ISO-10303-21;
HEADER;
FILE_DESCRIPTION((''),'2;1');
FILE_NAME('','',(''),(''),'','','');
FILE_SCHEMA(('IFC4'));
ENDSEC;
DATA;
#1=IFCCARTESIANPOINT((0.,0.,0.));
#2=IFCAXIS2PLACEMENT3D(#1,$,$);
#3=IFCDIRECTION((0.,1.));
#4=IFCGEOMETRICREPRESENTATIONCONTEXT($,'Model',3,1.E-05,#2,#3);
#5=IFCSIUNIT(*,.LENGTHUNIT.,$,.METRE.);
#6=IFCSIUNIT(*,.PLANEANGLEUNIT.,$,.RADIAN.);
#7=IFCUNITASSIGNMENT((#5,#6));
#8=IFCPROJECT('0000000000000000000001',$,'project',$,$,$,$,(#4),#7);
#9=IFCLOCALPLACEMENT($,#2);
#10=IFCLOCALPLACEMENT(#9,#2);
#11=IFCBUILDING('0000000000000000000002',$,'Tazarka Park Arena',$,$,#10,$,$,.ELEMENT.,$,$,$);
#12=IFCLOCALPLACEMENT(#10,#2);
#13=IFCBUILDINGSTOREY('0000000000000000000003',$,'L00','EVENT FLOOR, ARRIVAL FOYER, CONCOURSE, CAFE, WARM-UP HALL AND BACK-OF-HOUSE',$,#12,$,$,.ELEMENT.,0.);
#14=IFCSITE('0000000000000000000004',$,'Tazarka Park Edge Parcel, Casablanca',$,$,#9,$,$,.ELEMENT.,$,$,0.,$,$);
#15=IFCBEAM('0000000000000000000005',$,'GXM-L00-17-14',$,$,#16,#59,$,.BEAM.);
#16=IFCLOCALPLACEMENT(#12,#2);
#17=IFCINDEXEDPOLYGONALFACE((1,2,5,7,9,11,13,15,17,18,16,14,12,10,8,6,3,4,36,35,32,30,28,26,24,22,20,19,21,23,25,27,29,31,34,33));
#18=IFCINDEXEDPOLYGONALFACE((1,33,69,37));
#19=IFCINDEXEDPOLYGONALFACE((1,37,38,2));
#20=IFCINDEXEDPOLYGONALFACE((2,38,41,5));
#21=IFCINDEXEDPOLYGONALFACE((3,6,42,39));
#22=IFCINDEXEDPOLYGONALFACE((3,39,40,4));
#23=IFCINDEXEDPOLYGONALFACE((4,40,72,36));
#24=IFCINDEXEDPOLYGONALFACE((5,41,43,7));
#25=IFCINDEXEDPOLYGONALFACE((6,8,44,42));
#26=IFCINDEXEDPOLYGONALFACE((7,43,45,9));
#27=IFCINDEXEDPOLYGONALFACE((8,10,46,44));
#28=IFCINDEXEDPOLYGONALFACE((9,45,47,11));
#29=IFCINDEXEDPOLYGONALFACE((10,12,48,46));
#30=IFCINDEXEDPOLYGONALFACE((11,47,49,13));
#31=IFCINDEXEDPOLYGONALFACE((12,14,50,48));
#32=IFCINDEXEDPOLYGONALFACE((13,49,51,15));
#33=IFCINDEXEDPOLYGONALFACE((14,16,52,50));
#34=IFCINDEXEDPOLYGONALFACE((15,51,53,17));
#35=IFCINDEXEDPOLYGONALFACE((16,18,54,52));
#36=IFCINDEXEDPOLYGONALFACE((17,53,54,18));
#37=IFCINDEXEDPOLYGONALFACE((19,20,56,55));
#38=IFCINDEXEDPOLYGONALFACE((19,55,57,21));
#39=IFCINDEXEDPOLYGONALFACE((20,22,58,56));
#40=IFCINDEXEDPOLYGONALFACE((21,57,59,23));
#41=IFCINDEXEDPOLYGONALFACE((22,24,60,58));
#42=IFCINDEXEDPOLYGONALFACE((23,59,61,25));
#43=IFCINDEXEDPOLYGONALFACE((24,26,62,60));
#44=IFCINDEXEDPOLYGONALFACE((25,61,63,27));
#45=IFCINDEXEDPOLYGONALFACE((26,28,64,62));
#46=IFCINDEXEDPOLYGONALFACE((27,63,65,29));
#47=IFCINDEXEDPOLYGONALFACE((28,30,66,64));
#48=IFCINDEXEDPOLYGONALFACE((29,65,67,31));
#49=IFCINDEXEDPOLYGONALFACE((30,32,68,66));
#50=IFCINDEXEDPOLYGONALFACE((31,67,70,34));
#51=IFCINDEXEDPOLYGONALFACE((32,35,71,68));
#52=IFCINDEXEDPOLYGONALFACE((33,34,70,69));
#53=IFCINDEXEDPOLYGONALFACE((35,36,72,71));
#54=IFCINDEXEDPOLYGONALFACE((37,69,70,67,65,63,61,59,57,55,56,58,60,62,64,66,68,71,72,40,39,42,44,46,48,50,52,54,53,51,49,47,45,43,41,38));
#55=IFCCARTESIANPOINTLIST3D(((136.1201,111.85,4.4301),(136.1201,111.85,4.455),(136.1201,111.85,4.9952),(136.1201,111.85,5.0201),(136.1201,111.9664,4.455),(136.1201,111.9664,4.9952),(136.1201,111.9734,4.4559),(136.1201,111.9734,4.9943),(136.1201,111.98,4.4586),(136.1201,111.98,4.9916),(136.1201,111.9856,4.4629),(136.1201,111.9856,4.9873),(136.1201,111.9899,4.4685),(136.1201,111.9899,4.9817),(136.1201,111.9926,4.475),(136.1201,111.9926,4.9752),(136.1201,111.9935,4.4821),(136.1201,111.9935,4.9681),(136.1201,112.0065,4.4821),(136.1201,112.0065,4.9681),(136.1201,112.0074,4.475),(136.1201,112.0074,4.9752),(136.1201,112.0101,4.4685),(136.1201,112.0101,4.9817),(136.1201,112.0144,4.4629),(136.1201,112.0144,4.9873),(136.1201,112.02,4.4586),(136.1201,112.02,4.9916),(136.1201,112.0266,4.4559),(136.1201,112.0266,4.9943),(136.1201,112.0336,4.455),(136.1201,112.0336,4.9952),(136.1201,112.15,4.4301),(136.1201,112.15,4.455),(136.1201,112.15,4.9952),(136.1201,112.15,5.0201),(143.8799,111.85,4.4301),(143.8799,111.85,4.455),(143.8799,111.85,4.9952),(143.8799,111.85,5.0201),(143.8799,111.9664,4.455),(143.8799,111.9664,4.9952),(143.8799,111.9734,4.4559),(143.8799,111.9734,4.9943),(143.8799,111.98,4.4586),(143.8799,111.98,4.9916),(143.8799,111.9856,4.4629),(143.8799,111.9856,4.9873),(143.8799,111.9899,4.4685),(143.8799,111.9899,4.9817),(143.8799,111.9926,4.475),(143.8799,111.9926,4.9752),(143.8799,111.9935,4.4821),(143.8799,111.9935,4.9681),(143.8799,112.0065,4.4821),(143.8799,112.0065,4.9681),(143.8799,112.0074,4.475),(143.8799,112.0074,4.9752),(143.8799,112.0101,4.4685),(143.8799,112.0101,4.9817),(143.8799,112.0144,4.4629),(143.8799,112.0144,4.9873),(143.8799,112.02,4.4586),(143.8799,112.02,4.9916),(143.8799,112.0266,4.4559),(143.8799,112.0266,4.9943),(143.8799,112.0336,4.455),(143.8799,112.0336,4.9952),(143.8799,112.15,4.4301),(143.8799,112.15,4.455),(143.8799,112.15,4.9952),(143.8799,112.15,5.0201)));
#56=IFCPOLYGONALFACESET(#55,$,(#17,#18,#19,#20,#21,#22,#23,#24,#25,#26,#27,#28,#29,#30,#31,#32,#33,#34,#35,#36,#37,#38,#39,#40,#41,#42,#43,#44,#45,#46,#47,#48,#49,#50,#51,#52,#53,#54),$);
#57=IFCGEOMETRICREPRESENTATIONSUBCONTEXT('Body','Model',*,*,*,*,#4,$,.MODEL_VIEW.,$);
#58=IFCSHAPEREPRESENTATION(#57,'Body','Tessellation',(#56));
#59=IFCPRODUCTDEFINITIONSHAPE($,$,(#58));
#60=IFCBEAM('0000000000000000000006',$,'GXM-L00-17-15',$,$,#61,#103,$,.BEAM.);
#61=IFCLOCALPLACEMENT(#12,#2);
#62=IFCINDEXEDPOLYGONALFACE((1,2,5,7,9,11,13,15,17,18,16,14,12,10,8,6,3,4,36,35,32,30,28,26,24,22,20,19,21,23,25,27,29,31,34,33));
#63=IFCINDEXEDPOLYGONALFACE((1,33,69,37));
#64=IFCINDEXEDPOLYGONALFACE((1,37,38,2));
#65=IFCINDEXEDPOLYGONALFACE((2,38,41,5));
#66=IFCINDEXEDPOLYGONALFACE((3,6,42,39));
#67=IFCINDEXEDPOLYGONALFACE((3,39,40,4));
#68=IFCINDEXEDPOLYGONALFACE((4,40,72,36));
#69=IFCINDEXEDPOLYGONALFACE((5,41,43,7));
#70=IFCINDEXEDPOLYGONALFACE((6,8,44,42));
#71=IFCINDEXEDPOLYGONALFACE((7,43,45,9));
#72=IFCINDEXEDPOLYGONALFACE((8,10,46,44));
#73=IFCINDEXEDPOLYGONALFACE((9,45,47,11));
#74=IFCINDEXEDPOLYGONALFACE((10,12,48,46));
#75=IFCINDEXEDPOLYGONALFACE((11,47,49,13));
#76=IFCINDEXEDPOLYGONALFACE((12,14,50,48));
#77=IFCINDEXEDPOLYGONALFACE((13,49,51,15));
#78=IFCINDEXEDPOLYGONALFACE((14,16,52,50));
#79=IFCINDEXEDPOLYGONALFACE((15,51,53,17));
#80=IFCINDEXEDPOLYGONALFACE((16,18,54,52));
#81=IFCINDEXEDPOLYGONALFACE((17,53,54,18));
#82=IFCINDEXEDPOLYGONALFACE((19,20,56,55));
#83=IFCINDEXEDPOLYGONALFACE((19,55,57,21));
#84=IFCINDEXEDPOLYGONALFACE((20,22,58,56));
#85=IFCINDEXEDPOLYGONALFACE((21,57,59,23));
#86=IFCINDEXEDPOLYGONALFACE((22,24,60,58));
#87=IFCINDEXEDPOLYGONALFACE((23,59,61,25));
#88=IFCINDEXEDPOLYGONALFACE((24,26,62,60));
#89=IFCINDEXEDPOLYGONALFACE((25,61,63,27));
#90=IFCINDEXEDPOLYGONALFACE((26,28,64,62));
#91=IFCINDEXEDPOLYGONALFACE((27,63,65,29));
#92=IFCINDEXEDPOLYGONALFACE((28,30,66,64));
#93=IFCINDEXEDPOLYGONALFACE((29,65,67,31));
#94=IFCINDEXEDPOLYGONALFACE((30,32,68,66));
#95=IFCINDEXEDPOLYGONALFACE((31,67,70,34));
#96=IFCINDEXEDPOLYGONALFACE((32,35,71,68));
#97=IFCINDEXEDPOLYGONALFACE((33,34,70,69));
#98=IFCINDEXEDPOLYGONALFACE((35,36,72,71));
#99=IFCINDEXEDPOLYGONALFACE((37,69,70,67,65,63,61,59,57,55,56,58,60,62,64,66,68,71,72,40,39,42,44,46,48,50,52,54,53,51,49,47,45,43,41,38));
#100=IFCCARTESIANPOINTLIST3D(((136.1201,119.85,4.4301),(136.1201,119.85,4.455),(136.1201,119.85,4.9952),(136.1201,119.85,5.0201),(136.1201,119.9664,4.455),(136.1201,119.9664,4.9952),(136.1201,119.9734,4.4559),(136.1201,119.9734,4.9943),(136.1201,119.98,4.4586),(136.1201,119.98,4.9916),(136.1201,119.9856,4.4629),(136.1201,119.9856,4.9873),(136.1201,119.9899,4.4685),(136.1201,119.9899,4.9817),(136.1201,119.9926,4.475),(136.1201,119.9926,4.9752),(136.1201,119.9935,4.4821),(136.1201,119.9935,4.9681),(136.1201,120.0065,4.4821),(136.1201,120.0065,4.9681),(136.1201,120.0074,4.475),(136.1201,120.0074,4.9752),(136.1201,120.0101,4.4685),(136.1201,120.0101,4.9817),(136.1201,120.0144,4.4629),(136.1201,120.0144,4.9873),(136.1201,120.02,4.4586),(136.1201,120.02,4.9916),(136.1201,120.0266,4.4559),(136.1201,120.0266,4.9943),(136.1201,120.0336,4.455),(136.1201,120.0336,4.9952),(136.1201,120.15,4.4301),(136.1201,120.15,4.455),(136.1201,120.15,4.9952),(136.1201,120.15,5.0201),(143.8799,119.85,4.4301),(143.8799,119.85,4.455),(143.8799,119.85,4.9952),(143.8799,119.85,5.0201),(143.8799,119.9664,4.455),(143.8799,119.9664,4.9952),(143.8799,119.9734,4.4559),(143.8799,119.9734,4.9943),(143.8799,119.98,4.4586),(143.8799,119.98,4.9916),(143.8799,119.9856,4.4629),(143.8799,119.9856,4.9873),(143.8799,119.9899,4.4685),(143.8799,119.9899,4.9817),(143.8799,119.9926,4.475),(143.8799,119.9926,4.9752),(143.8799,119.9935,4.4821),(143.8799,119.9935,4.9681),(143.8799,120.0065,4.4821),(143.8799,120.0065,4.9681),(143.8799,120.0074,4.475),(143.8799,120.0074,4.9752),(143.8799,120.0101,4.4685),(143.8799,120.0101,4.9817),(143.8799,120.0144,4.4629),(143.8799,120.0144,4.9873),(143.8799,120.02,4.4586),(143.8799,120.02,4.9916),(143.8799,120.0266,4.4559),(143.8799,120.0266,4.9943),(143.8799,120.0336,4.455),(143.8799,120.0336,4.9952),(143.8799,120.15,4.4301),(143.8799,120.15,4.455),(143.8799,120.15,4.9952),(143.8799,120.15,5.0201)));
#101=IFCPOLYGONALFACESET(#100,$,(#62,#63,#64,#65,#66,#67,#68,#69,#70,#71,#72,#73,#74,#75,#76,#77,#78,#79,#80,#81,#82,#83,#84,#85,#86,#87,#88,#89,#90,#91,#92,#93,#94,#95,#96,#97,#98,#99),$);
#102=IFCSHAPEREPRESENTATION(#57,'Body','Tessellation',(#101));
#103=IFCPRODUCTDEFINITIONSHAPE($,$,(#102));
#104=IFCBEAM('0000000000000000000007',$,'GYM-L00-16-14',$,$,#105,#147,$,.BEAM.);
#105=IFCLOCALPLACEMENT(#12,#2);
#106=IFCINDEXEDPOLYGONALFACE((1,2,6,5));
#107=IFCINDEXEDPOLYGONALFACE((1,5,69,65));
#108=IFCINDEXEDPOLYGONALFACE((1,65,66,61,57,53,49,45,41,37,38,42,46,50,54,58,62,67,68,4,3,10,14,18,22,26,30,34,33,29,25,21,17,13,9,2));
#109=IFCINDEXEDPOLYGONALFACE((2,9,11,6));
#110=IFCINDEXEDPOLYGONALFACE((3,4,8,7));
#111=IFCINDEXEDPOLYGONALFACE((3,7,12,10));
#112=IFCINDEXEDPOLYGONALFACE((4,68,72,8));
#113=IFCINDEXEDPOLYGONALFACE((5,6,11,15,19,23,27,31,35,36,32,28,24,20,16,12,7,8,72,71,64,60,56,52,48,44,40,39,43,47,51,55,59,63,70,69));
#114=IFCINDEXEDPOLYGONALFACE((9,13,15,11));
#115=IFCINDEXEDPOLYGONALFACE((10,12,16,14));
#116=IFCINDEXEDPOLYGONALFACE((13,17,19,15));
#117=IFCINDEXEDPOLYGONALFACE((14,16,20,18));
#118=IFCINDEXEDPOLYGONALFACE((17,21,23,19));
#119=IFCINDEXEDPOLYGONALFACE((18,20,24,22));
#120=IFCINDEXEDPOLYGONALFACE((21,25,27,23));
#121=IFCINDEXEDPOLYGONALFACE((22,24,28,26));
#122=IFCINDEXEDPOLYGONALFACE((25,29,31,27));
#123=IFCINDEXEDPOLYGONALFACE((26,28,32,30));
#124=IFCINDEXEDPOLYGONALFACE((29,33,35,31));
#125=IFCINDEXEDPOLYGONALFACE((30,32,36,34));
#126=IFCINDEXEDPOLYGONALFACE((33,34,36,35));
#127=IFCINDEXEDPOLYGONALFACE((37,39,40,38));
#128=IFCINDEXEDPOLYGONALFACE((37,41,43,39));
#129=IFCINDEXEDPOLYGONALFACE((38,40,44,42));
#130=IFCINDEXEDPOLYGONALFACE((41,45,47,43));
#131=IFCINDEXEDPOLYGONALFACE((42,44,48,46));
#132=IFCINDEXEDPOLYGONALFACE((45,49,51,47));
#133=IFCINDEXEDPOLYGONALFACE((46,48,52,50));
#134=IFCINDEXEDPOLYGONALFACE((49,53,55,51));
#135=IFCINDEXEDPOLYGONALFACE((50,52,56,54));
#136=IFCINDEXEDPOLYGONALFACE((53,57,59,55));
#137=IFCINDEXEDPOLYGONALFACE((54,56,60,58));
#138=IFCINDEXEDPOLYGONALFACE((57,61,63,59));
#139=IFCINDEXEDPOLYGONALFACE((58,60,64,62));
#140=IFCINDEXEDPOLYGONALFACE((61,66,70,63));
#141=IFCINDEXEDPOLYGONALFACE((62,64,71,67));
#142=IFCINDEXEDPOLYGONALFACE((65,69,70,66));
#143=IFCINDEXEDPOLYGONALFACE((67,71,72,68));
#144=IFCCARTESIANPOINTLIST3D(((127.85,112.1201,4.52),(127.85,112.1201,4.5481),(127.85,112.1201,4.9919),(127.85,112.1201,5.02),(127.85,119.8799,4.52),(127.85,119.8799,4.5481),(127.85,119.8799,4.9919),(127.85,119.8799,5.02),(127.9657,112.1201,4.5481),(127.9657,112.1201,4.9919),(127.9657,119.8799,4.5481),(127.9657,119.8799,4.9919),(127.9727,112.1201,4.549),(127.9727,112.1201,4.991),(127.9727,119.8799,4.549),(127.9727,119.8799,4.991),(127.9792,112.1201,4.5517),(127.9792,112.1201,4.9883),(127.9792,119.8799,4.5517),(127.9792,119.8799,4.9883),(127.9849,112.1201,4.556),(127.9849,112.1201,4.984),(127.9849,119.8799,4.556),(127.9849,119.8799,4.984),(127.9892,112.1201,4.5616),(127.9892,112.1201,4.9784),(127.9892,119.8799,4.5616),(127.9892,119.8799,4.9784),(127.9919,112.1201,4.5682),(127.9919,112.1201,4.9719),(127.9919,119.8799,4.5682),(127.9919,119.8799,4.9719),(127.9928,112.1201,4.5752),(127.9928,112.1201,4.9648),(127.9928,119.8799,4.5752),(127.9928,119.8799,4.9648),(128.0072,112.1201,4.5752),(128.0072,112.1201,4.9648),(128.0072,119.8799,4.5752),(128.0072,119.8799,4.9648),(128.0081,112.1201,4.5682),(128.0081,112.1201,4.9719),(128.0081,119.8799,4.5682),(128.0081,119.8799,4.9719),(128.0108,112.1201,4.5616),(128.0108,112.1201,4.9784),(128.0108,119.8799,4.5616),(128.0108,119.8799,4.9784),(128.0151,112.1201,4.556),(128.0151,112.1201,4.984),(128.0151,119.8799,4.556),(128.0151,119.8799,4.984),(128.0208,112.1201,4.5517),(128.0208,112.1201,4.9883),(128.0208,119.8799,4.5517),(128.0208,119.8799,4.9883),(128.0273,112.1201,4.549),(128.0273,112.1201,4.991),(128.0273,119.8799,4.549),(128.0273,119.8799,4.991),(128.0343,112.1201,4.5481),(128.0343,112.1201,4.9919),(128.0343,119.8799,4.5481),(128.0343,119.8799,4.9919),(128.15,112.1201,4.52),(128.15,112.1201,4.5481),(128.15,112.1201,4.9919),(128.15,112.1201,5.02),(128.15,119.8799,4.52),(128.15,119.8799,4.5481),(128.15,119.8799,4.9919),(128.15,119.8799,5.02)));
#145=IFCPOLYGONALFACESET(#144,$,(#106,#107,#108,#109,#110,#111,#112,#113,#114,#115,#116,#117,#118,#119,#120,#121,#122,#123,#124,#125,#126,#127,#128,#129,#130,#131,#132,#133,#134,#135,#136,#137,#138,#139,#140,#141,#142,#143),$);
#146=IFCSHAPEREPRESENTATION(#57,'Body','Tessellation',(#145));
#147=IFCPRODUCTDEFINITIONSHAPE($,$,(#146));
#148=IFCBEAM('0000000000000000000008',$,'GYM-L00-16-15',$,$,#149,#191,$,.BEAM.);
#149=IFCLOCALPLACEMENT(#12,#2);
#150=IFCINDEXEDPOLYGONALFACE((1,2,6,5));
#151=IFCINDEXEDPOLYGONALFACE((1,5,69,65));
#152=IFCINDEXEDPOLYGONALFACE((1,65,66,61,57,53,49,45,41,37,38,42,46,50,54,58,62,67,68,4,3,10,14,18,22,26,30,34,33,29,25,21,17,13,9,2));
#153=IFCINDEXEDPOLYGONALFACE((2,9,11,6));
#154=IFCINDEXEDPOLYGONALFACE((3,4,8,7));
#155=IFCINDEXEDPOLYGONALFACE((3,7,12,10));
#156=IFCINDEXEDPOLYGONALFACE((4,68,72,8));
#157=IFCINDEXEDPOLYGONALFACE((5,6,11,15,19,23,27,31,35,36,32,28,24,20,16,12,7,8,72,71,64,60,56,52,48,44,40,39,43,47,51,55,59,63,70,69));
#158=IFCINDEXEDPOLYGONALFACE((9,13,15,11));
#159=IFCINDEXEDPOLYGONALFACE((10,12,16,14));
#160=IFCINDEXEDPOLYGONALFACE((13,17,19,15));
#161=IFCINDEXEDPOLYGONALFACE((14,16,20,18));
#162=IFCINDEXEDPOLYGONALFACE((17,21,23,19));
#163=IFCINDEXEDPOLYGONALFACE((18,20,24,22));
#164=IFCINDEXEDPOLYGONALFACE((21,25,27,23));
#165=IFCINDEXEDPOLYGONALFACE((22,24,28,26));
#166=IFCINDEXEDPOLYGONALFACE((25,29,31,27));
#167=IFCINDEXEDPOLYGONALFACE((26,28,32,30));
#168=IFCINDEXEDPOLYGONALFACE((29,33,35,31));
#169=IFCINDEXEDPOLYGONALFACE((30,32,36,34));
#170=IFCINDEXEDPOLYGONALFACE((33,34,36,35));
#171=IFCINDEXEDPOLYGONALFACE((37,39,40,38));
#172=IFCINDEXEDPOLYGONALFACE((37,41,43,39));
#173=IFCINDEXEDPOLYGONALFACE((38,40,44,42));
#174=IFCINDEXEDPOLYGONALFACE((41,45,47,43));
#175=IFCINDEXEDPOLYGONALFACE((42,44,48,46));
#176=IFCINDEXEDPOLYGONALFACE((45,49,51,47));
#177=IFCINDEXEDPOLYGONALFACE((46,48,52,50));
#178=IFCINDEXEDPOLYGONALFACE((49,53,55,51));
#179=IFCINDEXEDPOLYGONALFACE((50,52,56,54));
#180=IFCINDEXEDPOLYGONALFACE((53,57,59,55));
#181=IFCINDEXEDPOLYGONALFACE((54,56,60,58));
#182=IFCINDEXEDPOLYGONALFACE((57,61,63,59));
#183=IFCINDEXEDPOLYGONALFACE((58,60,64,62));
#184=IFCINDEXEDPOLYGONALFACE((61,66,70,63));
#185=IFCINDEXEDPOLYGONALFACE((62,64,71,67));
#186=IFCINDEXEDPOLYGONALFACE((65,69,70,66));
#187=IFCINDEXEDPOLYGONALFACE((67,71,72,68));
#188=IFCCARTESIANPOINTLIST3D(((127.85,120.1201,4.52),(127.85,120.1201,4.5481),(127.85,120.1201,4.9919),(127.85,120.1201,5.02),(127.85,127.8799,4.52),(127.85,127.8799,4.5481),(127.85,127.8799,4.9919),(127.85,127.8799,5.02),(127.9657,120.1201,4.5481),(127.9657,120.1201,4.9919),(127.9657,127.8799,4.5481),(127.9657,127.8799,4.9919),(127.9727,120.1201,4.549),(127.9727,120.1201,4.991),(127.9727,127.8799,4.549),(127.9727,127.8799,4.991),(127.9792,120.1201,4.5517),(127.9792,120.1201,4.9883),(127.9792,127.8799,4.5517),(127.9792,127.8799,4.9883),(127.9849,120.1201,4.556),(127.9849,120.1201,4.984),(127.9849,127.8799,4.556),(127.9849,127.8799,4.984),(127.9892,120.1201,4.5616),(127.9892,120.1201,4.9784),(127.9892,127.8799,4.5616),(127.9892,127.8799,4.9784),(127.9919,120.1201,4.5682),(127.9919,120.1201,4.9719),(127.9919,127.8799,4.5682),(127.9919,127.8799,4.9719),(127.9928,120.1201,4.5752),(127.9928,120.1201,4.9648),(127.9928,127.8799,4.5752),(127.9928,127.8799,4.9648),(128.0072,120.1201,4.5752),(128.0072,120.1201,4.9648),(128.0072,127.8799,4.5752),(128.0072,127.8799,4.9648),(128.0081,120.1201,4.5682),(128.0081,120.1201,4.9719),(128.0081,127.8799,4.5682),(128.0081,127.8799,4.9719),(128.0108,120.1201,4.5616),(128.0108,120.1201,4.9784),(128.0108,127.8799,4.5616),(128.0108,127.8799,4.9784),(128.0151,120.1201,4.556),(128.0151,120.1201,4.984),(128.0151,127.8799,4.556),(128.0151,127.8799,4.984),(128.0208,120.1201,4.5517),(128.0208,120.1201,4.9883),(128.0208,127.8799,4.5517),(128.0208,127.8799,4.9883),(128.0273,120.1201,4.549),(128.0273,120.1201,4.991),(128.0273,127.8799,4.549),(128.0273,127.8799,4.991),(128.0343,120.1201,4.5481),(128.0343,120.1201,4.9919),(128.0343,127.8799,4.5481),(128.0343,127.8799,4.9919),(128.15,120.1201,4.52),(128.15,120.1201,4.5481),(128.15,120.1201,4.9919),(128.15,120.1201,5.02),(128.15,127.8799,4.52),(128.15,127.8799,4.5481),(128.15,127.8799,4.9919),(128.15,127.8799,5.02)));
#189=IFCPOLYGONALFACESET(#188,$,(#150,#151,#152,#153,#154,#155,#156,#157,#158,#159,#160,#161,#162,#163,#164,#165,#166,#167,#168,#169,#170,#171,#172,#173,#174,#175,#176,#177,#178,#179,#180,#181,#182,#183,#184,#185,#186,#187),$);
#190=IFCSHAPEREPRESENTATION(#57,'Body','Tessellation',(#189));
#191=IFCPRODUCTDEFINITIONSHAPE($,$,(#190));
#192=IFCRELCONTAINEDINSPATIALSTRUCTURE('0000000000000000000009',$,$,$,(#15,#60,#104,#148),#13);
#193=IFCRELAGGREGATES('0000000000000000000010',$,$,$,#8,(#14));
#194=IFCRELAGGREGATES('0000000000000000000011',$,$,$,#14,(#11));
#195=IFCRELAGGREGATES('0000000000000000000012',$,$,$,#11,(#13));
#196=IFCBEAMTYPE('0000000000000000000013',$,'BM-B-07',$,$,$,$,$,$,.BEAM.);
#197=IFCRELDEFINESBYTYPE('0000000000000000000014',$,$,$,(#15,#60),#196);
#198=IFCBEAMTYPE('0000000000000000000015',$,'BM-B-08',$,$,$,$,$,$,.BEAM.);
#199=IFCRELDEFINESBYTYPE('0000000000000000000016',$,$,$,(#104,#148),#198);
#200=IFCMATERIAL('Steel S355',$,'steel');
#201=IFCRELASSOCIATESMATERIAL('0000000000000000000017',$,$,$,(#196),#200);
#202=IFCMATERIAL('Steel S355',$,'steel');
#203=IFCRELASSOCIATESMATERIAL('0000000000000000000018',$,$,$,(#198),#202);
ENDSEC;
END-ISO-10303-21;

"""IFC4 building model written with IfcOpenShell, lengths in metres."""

from ifc_helpers import new_model, si_unit, direction, frame, origin, origin_2d, place, context, subcontext, project, spatial, i_section, extrude, material, material_profile, profile_set, type_object, element, save


model = new_model("IFC4")

# Units and contexts
model_context = context("Model", 3, precision=1e-05, world=origin(), true_north=direction((0.0, 1.0)))
body_context = subcontext(model_context, "Body", "Model", "MODEL_VIEW")
ifc_project = project(units=[si_unit("LENGTHUNIT", "METRE"), si_unit("PLANEANGLEUNIT", "RADIAN")], contexts=[model_context])

# Site, building, storey
site_placement = place(None, origin())
site = spatial("IfcSite", under=ifc_project, at=site_placement, Name="Tazarka Park Edge Parcel, Casablanca", CompositionType="ELEMENT", RefElevation=0.0)
building_placement = place(site_placement, origin())
building = spatial("IfcBuilding", under=site, at=building_placement, Name="Tazarka Park Arena", CompositionType="ELEMENT")
storey_placement = place(building_placement, origin())
storey = spatial("IfcBuildingStorey", under=building, at=storey_placement, Name="L00", Description="EVENT FLOOR, ARRIVAL FOYER, CONCOURSE, CAFE, WARM-UP HALL AND BACK-OF-HOUSE", CompositionType="ELEMENT", Elevation=0.0)

# Beams
ifc_material_1 = material(Name="Steel S355", Category="steel")
ifc_material_profile_1 = material_profile(ifc_material_1, i_section(OverallWidth=0.3, OverallDepth=0.5901, WebThickness=0.0129, FlangeThickness=0.0249, FilletRadius=0.0271, at=origin_2d()), Name="Steel S355")
ifc_profile_set_1 = profile_set([ifc_material_profile_1], Name="Steel S355")
beam_type_1 = type_object("IfcBeamType", Name="BM-B-07", PredefinedType="BEAM", material=ifc_profile_set_1)
for number, where, z_axis, x_axis, name in (
    (1, (136.1201, 112.0, 4.7251), (1.0, 0.0, 0.0), (0.0, 1.0, 0.0), "GXM-L00-17-14"),
    (2, (136.1201, 120.0, 4.7251), (1.0, 0.0, 0.0), (0.0, 1.0, 0.0), "GXM-L00-17-15"),
):
    element("IfcBeam", number, at=place(storey_placement, frame(where, z_axis=z_axis, x_axis=x_axis)), inside=storey, type_object=beam_type_1, Name=name, PredefinedType="BEAM", context=body_context, shape_type="SweptSolid", body=[
        extrude(i_section(OverallWidth=0.3, OverallDepth=0.5901, WebThickness=0.0129, FlangeThickness=0.0249, FilletRadius=0.0271, at=origin_2d()), origin(), (0.0, 0.0, 1.0), 7.7598),
    ])
ifc_material_2 = material(Name="Steel S355", Category="steel")
ifc_material_profile_2 = material_profile(ifc_material_2, i_section(OverallWidth=0.3, OverallDepth=0.5, WebThickness=0.0144, FlangeThickness=0.0281, FilletRadius=0.0271, at=origin_2d()), Name="Steel S355")
ifc_profile_set_2 = profile_set([ifc_material_profile_2], Name="Steel S355")
beam_type_2 = type_object("IfcBeamType", Name="BM-B-08", PredefinedType="BEAM", material=ifc_profile_set_2)
for number, where, z_axis, x_axis, name in (
    (3, (128.0, 112.1201, 4.77), (0.0, 1.0, 0.0), (-1.0, 0.0, 0.0), "GYM-L00-16-14"),
    (4, (128.0, 120.1201, 4.77), (0.0, 1.0, 0.0), (-1.0, 0.0, 0.0), "GYM-L00-16-15"),
):
    element("IfcBeam", number, at=place(storey_placement, frame(where, z_axis=z_axis, x_axis=x_axis)), inside=storey, type_object=beam_type_2, Name=name, PredefinedType="BEAM", context=body_context, shape_type="SweptSolid", body=[
        extrude(i_section(OverallWidth=0.3, OverallDepth=0.5, WebThickness=0.0144, FlangeThickness=0.0281, FilletRadius=0.0271, at=origin_2d()), origin(), (0.0, 0.0, 1.0), 7.7598),
    ])

save(model, "model.ifc")
